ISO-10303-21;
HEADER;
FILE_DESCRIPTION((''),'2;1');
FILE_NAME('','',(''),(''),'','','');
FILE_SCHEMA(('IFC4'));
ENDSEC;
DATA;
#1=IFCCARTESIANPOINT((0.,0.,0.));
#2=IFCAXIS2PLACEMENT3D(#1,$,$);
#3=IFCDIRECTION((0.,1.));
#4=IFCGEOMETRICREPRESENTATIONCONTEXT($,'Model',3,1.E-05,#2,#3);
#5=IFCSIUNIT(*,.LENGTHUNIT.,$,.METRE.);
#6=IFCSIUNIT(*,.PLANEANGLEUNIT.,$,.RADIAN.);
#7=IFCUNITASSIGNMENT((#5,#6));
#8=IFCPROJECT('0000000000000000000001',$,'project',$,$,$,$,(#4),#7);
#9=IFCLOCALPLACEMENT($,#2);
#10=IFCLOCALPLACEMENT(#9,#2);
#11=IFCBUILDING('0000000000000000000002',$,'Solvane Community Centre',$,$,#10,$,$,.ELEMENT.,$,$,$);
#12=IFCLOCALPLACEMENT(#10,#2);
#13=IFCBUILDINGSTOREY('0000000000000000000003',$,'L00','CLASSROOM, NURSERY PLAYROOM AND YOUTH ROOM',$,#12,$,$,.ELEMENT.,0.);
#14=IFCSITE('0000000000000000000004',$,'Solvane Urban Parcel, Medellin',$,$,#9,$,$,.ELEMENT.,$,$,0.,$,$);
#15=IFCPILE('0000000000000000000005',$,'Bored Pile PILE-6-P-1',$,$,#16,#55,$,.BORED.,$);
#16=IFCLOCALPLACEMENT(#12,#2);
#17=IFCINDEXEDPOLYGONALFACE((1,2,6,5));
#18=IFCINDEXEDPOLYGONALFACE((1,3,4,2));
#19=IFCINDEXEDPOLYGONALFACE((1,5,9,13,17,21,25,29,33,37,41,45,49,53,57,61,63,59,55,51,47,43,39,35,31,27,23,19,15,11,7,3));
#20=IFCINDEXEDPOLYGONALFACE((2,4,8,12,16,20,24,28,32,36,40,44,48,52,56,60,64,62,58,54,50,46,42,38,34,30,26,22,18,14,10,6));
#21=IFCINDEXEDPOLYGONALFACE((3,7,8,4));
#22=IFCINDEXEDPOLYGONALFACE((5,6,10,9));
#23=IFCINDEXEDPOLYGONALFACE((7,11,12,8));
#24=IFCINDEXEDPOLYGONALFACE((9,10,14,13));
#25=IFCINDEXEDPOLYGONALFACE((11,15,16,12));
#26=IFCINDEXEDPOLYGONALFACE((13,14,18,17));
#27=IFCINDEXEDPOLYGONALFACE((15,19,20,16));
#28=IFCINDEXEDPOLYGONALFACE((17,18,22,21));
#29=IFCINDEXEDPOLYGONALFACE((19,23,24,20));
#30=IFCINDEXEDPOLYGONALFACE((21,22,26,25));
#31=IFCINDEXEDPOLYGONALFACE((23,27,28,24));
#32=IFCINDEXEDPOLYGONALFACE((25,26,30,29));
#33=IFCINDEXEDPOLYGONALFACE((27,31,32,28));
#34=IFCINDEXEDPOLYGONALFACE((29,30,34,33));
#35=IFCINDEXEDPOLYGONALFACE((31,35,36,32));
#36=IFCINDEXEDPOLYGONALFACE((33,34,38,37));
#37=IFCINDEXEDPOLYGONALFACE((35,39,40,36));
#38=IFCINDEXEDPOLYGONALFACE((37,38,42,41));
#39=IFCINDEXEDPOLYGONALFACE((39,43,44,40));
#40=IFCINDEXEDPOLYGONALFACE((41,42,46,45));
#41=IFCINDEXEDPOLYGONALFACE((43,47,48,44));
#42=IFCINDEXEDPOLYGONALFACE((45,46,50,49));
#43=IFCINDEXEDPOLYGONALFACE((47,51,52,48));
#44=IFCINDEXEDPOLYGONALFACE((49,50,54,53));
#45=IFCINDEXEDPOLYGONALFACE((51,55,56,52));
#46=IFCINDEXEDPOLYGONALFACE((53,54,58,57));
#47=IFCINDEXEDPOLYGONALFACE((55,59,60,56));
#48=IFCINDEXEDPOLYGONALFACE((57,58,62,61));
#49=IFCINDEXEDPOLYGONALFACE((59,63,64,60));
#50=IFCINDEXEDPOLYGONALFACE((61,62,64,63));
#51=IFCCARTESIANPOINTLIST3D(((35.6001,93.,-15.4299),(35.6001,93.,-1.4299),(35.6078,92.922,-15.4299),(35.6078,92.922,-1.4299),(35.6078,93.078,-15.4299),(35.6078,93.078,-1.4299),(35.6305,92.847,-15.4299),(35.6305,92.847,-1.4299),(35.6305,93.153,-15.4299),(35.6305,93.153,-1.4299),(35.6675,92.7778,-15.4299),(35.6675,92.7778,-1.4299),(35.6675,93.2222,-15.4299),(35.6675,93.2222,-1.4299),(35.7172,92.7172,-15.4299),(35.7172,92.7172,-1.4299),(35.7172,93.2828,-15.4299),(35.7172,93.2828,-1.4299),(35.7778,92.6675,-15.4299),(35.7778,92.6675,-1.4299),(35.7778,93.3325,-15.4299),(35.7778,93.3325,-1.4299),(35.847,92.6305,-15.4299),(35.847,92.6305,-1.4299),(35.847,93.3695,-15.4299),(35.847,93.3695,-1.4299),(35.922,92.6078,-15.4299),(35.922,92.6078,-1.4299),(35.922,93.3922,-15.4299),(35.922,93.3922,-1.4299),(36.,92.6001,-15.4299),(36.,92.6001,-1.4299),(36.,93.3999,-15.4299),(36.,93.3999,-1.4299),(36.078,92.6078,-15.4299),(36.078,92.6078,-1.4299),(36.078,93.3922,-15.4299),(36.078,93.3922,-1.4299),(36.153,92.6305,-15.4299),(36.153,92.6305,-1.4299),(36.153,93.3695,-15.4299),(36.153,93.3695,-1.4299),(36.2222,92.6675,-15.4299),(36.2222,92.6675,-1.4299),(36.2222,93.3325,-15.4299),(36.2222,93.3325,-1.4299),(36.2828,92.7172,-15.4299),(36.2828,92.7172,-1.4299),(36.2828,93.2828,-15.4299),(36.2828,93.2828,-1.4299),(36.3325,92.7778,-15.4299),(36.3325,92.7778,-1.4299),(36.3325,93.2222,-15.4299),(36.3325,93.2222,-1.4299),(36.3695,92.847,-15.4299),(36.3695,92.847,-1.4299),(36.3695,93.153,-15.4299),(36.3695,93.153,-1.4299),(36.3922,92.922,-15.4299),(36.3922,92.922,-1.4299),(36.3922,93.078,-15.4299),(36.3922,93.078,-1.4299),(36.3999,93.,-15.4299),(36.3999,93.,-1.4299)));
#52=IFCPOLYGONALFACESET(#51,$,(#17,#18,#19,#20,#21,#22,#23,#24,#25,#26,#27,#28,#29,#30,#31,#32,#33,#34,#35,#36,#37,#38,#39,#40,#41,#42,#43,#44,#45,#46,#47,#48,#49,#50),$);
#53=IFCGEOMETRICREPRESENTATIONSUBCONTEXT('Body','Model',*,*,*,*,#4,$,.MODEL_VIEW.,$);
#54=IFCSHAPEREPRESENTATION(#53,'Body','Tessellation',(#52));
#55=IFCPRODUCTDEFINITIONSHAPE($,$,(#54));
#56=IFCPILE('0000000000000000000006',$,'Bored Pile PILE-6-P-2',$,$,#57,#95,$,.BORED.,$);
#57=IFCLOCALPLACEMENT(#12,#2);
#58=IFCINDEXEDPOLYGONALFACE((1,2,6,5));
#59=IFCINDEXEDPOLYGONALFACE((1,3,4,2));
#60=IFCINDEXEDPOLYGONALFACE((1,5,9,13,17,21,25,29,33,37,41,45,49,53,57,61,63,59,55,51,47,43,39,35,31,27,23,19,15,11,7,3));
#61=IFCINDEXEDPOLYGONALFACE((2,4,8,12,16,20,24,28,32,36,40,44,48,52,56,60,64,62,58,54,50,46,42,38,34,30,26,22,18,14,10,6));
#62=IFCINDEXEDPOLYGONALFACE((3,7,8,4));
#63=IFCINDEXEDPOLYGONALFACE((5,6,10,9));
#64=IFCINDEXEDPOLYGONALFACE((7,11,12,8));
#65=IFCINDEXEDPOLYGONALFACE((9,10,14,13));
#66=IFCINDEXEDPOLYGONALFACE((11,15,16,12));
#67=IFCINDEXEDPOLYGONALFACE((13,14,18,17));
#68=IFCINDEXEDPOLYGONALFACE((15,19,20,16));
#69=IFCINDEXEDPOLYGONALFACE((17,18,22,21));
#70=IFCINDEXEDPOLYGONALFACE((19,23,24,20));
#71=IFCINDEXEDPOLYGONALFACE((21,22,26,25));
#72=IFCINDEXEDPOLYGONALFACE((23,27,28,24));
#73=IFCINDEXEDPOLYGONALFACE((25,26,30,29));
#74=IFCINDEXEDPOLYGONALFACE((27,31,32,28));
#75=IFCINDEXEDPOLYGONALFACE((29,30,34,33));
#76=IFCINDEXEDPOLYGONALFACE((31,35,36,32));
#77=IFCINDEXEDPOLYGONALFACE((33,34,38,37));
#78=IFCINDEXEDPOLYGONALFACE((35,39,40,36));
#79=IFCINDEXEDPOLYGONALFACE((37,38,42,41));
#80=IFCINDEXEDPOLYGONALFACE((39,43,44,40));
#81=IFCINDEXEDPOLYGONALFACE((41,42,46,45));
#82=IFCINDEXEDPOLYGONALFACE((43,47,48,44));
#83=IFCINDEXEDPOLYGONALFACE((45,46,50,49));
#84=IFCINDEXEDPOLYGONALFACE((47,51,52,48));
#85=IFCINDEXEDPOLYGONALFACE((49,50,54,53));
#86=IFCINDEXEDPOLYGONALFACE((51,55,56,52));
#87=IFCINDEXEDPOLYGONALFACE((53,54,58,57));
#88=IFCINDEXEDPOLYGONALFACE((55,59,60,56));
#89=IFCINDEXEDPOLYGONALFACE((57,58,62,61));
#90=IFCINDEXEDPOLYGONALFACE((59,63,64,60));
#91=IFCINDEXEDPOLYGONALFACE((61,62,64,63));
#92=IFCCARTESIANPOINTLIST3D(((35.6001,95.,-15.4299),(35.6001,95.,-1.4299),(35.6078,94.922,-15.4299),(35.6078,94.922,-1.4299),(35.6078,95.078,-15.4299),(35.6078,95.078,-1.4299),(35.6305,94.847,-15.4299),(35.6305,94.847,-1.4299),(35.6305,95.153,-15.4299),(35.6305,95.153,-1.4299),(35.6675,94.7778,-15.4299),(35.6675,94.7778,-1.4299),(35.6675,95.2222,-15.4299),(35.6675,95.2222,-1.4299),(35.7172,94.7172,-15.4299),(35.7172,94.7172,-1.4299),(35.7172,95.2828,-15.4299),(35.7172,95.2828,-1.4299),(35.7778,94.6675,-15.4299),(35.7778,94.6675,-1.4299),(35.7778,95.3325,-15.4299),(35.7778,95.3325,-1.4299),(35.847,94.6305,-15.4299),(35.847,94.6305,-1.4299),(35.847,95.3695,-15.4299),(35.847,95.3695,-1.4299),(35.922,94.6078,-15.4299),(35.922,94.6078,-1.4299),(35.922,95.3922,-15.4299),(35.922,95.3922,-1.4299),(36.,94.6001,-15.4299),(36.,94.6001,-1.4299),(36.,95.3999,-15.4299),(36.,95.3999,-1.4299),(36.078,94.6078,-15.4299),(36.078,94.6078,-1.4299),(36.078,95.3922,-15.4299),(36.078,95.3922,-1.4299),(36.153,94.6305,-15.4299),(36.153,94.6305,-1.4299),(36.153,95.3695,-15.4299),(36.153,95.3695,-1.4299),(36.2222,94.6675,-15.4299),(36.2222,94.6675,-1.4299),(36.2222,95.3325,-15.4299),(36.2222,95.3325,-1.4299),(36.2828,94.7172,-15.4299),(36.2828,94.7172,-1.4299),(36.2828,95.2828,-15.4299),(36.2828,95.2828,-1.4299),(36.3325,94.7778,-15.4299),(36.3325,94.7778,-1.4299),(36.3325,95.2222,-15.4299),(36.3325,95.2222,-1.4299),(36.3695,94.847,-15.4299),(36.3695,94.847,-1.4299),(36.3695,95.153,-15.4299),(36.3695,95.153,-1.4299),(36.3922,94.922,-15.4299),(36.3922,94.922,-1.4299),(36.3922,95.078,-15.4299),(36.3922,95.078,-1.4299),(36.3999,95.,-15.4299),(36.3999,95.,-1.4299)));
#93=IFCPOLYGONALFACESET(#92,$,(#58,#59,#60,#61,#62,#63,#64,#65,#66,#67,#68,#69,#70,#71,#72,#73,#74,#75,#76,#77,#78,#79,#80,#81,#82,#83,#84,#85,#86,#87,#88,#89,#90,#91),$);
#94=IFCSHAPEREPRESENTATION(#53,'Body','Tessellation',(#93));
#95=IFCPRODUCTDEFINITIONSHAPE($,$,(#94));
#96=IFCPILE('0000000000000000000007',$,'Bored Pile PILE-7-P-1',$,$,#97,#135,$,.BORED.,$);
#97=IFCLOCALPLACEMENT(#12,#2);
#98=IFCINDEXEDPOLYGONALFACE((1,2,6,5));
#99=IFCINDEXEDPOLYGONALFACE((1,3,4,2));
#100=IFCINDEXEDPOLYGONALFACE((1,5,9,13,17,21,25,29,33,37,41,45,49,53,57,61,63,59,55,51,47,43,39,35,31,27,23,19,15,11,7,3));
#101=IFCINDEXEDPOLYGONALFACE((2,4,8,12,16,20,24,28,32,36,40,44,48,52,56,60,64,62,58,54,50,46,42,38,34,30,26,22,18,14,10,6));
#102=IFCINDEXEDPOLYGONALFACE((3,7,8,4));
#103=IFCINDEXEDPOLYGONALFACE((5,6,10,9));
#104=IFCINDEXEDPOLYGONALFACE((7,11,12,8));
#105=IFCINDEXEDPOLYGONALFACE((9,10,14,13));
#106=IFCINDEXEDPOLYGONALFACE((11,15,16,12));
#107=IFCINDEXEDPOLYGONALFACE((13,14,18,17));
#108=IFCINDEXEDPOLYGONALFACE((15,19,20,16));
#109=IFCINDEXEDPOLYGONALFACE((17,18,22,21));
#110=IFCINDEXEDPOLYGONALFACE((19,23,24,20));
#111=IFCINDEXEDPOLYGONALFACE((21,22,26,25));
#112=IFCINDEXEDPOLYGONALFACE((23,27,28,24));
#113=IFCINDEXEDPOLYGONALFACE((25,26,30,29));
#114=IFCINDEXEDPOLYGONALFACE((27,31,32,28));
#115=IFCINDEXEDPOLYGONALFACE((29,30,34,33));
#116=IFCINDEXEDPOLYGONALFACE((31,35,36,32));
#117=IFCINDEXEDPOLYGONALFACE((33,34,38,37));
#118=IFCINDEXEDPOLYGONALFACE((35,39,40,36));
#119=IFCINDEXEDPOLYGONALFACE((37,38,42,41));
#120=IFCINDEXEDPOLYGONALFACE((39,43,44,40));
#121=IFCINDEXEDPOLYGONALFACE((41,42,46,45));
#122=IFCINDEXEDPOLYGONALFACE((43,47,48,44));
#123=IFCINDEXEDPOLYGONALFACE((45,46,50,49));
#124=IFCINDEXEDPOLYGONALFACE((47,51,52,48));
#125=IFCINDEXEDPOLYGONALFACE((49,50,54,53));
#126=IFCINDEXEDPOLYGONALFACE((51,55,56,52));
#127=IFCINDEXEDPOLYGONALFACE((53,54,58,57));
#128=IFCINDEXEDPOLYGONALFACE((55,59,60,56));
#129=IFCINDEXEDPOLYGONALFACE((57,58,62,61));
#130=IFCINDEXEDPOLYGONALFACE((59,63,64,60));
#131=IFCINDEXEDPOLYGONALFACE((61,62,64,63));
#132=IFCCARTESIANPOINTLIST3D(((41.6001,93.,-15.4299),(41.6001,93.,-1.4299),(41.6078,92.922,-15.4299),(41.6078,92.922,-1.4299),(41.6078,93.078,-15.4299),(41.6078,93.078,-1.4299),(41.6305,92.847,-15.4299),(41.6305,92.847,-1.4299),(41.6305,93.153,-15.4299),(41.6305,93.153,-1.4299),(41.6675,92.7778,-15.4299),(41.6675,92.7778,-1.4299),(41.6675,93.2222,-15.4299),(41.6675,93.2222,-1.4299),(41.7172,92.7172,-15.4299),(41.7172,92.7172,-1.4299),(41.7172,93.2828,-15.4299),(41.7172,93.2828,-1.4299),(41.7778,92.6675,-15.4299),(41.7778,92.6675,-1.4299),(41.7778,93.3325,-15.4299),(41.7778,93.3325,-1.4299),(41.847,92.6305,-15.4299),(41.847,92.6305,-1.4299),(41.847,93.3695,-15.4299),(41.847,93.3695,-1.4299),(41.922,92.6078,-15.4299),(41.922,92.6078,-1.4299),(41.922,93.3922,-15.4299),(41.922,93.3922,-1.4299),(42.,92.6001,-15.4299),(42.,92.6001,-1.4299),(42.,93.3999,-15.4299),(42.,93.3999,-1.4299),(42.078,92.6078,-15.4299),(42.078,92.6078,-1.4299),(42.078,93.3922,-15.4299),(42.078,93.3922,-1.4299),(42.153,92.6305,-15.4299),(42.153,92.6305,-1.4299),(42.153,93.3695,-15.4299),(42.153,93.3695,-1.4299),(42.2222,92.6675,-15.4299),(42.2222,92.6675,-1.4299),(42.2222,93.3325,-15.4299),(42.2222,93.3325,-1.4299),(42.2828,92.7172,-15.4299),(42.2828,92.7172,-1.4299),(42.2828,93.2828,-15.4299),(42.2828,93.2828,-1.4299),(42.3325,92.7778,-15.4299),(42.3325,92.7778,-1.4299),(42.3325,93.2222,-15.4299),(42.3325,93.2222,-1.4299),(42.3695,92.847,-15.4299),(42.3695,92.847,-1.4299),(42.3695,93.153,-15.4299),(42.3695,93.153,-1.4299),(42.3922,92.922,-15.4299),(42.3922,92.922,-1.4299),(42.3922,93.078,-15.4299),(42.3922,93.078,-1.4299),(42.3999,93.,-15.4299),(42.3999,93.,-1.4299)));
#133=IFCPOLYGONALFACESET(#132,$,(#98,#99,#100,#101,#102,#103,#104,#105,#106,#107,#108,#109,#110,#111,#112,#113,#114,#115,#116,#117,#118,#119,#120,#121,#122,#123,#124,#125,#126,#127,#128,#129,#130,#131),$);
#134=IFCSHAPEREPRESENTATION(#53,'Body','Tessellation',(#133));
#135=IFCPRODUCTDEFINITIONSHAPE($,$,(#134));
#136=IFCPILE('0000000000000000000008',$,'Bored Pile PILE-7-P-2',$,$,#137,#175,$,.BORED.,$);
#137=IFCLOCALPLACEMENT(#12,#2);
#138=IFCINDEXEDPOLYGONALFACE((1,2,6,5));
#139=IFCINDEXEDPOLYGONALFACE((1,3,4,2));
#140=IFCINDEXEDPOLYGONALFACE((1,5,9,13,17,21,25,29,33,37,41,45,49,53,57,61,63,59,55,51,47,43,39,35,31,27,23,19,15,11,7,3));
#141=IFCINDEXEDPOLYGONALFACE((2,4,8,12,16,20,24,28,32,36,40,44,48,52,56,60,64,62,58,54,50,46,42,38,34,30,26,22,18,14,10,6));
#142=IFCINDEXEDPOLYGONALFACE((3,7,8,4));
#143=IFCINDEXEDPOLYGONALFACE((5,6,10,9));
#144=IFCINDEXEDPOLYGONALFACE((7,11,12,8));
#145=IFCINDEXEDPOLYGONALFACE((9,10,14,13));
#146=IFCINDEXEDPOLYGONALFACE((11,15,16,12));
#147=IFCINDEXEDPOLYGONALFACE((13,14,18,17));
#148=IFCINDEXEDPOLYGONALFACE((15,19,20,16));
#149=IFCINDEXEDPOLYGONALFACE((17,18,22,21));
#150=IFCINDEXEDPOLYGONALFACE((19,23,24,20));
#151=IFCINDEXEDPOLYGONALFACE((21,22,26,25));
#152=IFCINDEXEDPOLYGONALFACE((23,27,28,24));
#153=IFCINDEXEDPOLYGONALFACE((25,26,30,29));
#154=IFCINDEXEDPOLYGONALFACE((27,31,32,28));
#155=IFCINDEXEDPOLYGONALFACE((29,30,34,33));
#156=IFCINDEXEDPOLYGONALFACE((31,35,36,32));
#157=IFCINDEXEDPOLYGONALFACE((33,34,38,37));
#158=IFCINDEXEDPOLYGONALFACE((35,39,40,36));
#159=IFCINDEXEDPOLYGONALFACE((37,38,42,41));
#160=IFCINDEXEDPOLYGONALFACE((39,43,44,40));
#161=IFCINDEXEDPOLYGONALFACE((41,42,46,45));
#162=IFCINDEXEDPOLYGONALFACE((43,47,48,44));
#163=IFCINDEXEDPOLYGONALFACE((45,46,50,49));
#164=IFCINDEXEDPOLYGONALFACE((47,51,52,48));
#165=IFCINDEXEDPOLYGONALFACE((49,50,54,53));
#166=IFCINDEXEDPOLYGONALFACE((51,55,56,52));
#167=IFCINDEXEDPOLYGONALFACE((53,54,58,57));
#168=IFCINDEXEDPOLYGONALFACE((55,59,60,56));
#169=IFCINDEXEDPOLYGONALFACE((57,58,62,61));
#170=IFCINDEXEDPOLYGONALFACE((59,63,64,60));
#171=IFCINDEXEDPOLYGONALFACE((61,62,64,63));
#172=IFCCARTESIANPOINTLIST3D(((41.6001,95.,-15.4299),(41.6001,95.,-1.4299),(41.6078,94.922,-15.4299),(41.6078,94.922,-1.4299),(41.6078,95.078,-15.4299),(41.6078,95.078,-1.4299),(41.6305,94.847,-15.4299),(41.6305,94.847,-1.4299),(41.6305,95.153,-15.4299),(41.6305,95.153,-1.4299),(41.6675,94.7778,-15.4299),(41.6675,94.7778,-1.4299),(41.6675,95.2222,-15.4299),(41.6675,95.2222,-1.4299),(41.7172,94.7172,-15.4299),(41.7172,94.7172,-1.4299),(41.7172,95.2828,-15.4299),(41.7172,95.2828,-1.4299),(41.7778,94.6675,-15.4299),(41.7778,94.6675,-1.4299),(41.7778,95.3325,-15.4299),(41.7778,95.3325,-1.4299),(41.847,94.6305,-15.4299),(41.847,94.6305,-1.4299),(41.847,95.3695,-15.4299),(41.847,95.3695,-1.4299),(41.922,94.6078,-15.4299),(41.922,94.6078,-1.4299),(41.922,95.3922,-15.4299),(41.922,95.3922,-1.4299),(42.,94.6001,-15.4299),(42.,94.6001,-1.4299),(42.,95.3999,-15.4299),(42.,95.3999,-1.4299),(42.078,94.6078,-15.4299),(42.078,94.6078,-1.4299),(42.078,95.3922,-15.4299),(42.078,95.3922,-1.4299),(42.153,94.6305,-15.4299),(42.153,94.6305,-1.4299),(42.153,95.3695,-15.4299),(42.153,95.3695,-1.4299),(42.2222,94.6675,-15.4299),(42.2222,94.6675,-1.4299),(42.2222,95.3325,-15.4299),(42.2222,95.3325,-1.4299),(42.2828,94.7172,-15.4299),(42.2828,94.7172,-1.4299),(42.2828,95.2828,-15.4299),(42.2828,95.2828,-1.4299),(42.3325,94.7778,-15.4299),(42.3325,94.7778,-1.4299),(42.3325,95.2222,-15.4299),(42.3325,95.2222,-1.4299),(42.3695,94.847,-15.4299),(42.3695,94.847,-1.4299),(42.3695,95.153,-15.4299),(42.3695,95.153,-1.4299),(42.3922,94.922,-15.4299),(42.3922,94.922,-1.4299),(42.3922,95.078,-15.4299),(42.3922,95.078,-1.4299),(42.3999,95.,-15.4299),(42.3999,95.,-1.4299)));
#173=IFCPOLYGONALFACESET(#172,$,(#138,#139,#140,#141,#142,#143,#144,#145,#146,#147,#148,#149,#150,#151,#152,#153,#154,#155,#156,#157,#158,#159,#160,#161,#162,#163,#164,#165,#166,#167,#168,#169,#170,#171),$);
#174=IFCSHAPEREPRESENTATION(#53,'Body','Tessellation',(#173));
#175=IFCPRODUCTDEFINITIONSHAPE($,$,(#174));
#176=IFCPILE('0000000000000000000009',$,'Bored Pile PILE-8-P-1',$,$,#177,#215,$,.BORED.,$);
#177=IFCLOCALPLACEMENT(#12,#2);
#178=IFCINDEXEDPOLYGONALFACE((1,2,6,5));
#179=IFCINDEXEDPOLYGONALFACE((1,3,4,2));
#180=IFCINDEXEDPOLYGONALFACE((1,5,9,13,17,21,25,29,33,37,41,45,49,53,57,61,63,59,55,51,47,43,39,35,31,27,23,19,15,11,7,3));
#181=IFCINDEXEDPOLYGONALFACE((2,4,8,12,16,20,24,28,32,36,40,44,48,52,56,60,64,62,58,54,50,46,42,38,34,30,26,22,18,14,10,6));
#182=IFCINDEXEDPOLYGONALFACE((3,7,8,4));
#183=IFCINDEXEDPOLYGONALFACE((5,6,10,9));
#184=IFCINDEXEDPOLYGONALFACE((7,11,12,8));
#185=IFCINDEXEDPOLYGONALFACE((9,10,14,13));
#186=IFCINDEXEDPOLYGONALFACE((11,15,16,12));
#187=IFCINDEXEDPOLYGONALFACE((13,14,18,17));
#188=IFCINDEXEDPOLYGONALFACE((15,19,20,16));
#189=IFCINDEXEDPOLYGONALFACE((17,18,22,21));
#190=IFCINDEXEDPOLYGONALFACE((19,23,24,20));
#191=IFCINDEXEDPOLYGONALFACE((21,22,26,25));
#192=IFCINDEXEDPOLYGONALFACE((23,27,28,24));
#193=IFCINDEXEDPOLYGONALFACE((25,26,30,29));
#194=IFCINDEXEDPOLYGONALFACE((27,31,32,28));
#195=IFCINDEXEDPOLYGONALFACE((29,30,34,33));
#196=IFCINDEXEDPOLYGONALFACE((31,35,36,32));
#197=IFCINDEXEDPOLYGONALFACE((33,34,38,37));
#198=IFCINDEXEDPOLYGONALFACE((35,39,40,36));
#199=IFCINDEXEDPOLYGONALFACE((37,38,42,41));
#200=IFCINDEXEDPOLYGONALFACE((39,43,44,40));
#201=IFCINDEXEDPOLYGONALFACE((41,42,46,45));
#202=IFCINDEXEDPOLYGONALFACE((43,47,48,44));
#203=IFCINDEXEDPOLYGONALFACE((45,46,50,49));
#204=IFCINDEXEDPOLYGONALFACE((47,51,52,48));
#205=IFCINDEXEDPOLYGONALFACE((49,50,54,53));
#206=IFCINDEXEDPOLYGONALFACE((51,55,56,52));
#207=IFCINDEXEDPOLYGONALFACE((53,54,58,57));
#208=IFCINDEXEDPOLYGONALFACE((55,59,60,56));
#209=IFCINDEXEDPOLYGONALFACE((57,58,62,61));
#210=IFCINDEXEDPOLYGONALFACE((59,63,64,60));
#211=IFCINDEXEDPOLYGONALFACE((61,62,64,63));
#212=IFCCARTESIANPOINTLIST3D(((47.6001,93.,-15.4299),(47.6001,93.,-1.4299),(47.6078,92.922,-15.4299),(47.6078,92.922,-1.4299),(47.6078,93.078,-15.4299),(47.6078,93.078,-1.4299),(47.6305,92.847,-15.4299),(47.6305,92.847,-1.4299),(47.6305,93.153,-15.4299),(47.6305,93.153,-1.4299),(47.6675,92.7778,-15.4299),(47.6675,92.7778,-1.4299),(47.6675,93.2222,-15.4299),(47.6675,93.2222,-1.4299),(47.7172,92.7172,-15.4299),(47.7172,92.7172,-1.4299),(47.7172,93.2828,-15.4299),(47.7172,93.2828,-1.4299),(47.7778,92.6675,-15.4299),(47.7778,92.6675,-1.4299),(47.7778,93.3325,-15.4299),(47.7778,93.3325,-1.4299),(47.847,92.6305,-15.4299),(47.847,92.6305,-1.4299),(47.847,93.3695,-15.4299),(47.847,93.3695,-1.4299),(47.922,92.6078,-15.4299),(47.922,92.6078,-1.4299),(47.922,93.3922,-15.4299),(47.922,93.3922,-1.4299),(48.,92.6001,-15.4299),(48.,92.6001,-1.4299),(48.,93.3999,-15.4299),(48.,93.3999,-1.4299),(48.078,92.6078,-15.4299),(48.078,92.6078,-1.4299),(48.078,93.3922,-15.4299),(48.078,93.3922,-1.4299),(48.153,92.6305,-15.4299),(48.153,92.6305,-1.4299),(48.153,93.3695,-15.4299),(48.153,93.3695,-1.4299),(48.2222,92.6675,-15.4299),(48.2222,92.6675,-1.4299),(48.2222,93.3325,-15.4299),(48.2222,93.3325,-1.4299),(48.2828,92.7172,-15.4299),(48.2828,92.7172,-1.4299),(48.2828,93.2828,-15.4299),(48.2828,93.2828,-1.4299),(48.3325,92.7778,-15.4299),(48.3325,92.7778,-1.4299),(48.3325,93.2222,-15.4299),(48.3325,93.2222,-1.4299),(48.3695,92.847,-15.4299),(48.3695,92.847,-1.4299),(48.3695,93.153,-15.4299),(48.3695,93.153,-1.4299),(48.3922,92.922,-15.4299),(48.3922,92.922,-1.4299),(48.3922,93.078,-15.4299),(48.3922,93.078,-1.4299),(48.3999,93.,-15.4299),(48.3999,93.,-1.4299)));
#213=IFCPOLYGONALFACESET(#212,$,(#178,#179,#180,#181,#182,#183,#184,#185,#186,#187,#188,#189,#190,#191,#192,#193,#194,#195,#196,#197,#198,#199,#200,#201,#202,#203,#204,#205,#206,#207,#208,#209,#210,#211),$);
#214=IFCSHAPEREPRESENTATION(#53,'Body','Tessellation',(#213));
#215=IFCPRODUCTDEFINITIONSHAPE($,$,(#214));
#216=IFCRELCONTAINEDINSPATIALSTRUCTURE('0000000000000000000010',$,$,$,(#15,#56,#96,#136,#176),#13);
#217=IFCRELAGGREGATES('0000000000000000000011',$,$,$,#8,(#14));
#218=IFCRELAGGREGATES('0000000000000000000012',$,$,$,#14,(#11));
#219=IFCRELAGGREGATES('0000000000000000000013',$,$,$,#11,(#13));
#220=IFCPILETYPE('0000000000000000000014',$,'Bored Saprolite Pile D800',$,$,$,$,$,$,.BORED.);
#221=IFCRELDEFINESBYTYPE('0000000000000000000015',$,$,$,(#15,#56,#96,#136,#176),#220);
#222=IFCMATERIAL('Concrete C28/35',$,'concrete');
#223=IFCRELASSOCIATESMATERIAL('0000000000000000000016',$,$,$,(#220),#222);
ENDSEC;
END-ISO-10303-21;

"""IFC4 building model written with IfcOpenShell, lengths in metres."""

from ifc_helpers import new_model, si_unit, direction, frame, origin, origin_2d, place, context, subcontext, project, spatial, circle, extrude, material, material_profile, profile_set, type_object, element, save


model = new_model("IFC4")

# Units and contexts
model_context = context("Model", 3, precision=1e-05, world=origin(), true_north=direction((0.0, 1.0)))
body_context = subcontext(model_context, "Body", "Model", "MODEL_VIEW")
ifc_project = project(units=[si_unit("LENGTHUNIT", "METRE"), si_unit("PLANEANGLEUNIT", "RADIAN")], contexts=[model_context])

# Site, building, storey
site_placement = place(None, origin())
site = spatial("IfcSite", under=ifc_project, at=site_placement, Name="Solvane Urban Parcel, Medellin", CompositionType="ELEMENT", RefElevation=0.0)
building_placement = place(site_placement, origin())
building = spatial("IfcBuilding", under=site, at=building_placement, Name="Solvane Community Centre", CompositionType="ELEMENT")
storey_placement = place(building_placement, origin())
storey = spatial("IfcBuildingStorey", under=building, at=storey_placement, Name="L00", Description="CLASSROOM, NURSERY PLAYROOM AND YOUTH ROOM", CompositionType="ELEMENT", Elevation=0.0)

# Piles
ifc_material_1 = material(Name="Concrete C28/35", Category="concrete")
ifc_material_profile_1 = material_profile(ifc_material_1, circle(Radius=0.3999, at=origin_2d()), Name="PILE D800")
ifc_profile_set_1 = profile_set([ifc_material_profile_1], Name="Concrete C28/35")
pile_type = type_object("IfcPileType", Name="Bored Saprolite Pile D800", PredefinedType="BORED", material=ifc_profile_set_1)
for number, where, z_axis, x_axis, name in (
    (1, (36.0, 93.0, -1.4299), (0.0, 0.0, -1.0), (1.0, 0.0, 0.0), "Bored Pile PILE-6-P-1"),
    (2, (36.0, 95.0, -1.4299), (0.0, 0.0, -1.0), (1.0, 0.0, 0.0), "Bored Pile PILE-6-P-2"),
    (3, (42.0, 93.0, -1.4299), (0.0, 0.0, -1.0), (1.0, 0.0, 0.0), "Bored Pile PILE-7-P-1"),
    (4, (42.0, 95.0, -1.4299), (0.0, 0.0, -1.0), (1.0, 0.0, 0.0), "Bored Pile PILE-7-P-2"),
    (5, (48.0, 93.0, -1.4299), (0.0, 0.0, -1.0), (1.0, 0.0, 0.0), "Bored Pile PILE-8-P-1"),
):
    element("IfcPile", number, at=place(storey_placement, frame(where, z_axis=z_axis, x_axis=x_axis)), inside=storey, type_object=pile_type, Name=name, PredefinedType="BORED", context=body_context, shape_type="SweptSolid", body=[
        extrude(circle(Radius=0.3999, at=origin_2d()), origin(), (0.0, 0.0, 1.0), 14.0),
    ])

save(model, "model.ifc")
